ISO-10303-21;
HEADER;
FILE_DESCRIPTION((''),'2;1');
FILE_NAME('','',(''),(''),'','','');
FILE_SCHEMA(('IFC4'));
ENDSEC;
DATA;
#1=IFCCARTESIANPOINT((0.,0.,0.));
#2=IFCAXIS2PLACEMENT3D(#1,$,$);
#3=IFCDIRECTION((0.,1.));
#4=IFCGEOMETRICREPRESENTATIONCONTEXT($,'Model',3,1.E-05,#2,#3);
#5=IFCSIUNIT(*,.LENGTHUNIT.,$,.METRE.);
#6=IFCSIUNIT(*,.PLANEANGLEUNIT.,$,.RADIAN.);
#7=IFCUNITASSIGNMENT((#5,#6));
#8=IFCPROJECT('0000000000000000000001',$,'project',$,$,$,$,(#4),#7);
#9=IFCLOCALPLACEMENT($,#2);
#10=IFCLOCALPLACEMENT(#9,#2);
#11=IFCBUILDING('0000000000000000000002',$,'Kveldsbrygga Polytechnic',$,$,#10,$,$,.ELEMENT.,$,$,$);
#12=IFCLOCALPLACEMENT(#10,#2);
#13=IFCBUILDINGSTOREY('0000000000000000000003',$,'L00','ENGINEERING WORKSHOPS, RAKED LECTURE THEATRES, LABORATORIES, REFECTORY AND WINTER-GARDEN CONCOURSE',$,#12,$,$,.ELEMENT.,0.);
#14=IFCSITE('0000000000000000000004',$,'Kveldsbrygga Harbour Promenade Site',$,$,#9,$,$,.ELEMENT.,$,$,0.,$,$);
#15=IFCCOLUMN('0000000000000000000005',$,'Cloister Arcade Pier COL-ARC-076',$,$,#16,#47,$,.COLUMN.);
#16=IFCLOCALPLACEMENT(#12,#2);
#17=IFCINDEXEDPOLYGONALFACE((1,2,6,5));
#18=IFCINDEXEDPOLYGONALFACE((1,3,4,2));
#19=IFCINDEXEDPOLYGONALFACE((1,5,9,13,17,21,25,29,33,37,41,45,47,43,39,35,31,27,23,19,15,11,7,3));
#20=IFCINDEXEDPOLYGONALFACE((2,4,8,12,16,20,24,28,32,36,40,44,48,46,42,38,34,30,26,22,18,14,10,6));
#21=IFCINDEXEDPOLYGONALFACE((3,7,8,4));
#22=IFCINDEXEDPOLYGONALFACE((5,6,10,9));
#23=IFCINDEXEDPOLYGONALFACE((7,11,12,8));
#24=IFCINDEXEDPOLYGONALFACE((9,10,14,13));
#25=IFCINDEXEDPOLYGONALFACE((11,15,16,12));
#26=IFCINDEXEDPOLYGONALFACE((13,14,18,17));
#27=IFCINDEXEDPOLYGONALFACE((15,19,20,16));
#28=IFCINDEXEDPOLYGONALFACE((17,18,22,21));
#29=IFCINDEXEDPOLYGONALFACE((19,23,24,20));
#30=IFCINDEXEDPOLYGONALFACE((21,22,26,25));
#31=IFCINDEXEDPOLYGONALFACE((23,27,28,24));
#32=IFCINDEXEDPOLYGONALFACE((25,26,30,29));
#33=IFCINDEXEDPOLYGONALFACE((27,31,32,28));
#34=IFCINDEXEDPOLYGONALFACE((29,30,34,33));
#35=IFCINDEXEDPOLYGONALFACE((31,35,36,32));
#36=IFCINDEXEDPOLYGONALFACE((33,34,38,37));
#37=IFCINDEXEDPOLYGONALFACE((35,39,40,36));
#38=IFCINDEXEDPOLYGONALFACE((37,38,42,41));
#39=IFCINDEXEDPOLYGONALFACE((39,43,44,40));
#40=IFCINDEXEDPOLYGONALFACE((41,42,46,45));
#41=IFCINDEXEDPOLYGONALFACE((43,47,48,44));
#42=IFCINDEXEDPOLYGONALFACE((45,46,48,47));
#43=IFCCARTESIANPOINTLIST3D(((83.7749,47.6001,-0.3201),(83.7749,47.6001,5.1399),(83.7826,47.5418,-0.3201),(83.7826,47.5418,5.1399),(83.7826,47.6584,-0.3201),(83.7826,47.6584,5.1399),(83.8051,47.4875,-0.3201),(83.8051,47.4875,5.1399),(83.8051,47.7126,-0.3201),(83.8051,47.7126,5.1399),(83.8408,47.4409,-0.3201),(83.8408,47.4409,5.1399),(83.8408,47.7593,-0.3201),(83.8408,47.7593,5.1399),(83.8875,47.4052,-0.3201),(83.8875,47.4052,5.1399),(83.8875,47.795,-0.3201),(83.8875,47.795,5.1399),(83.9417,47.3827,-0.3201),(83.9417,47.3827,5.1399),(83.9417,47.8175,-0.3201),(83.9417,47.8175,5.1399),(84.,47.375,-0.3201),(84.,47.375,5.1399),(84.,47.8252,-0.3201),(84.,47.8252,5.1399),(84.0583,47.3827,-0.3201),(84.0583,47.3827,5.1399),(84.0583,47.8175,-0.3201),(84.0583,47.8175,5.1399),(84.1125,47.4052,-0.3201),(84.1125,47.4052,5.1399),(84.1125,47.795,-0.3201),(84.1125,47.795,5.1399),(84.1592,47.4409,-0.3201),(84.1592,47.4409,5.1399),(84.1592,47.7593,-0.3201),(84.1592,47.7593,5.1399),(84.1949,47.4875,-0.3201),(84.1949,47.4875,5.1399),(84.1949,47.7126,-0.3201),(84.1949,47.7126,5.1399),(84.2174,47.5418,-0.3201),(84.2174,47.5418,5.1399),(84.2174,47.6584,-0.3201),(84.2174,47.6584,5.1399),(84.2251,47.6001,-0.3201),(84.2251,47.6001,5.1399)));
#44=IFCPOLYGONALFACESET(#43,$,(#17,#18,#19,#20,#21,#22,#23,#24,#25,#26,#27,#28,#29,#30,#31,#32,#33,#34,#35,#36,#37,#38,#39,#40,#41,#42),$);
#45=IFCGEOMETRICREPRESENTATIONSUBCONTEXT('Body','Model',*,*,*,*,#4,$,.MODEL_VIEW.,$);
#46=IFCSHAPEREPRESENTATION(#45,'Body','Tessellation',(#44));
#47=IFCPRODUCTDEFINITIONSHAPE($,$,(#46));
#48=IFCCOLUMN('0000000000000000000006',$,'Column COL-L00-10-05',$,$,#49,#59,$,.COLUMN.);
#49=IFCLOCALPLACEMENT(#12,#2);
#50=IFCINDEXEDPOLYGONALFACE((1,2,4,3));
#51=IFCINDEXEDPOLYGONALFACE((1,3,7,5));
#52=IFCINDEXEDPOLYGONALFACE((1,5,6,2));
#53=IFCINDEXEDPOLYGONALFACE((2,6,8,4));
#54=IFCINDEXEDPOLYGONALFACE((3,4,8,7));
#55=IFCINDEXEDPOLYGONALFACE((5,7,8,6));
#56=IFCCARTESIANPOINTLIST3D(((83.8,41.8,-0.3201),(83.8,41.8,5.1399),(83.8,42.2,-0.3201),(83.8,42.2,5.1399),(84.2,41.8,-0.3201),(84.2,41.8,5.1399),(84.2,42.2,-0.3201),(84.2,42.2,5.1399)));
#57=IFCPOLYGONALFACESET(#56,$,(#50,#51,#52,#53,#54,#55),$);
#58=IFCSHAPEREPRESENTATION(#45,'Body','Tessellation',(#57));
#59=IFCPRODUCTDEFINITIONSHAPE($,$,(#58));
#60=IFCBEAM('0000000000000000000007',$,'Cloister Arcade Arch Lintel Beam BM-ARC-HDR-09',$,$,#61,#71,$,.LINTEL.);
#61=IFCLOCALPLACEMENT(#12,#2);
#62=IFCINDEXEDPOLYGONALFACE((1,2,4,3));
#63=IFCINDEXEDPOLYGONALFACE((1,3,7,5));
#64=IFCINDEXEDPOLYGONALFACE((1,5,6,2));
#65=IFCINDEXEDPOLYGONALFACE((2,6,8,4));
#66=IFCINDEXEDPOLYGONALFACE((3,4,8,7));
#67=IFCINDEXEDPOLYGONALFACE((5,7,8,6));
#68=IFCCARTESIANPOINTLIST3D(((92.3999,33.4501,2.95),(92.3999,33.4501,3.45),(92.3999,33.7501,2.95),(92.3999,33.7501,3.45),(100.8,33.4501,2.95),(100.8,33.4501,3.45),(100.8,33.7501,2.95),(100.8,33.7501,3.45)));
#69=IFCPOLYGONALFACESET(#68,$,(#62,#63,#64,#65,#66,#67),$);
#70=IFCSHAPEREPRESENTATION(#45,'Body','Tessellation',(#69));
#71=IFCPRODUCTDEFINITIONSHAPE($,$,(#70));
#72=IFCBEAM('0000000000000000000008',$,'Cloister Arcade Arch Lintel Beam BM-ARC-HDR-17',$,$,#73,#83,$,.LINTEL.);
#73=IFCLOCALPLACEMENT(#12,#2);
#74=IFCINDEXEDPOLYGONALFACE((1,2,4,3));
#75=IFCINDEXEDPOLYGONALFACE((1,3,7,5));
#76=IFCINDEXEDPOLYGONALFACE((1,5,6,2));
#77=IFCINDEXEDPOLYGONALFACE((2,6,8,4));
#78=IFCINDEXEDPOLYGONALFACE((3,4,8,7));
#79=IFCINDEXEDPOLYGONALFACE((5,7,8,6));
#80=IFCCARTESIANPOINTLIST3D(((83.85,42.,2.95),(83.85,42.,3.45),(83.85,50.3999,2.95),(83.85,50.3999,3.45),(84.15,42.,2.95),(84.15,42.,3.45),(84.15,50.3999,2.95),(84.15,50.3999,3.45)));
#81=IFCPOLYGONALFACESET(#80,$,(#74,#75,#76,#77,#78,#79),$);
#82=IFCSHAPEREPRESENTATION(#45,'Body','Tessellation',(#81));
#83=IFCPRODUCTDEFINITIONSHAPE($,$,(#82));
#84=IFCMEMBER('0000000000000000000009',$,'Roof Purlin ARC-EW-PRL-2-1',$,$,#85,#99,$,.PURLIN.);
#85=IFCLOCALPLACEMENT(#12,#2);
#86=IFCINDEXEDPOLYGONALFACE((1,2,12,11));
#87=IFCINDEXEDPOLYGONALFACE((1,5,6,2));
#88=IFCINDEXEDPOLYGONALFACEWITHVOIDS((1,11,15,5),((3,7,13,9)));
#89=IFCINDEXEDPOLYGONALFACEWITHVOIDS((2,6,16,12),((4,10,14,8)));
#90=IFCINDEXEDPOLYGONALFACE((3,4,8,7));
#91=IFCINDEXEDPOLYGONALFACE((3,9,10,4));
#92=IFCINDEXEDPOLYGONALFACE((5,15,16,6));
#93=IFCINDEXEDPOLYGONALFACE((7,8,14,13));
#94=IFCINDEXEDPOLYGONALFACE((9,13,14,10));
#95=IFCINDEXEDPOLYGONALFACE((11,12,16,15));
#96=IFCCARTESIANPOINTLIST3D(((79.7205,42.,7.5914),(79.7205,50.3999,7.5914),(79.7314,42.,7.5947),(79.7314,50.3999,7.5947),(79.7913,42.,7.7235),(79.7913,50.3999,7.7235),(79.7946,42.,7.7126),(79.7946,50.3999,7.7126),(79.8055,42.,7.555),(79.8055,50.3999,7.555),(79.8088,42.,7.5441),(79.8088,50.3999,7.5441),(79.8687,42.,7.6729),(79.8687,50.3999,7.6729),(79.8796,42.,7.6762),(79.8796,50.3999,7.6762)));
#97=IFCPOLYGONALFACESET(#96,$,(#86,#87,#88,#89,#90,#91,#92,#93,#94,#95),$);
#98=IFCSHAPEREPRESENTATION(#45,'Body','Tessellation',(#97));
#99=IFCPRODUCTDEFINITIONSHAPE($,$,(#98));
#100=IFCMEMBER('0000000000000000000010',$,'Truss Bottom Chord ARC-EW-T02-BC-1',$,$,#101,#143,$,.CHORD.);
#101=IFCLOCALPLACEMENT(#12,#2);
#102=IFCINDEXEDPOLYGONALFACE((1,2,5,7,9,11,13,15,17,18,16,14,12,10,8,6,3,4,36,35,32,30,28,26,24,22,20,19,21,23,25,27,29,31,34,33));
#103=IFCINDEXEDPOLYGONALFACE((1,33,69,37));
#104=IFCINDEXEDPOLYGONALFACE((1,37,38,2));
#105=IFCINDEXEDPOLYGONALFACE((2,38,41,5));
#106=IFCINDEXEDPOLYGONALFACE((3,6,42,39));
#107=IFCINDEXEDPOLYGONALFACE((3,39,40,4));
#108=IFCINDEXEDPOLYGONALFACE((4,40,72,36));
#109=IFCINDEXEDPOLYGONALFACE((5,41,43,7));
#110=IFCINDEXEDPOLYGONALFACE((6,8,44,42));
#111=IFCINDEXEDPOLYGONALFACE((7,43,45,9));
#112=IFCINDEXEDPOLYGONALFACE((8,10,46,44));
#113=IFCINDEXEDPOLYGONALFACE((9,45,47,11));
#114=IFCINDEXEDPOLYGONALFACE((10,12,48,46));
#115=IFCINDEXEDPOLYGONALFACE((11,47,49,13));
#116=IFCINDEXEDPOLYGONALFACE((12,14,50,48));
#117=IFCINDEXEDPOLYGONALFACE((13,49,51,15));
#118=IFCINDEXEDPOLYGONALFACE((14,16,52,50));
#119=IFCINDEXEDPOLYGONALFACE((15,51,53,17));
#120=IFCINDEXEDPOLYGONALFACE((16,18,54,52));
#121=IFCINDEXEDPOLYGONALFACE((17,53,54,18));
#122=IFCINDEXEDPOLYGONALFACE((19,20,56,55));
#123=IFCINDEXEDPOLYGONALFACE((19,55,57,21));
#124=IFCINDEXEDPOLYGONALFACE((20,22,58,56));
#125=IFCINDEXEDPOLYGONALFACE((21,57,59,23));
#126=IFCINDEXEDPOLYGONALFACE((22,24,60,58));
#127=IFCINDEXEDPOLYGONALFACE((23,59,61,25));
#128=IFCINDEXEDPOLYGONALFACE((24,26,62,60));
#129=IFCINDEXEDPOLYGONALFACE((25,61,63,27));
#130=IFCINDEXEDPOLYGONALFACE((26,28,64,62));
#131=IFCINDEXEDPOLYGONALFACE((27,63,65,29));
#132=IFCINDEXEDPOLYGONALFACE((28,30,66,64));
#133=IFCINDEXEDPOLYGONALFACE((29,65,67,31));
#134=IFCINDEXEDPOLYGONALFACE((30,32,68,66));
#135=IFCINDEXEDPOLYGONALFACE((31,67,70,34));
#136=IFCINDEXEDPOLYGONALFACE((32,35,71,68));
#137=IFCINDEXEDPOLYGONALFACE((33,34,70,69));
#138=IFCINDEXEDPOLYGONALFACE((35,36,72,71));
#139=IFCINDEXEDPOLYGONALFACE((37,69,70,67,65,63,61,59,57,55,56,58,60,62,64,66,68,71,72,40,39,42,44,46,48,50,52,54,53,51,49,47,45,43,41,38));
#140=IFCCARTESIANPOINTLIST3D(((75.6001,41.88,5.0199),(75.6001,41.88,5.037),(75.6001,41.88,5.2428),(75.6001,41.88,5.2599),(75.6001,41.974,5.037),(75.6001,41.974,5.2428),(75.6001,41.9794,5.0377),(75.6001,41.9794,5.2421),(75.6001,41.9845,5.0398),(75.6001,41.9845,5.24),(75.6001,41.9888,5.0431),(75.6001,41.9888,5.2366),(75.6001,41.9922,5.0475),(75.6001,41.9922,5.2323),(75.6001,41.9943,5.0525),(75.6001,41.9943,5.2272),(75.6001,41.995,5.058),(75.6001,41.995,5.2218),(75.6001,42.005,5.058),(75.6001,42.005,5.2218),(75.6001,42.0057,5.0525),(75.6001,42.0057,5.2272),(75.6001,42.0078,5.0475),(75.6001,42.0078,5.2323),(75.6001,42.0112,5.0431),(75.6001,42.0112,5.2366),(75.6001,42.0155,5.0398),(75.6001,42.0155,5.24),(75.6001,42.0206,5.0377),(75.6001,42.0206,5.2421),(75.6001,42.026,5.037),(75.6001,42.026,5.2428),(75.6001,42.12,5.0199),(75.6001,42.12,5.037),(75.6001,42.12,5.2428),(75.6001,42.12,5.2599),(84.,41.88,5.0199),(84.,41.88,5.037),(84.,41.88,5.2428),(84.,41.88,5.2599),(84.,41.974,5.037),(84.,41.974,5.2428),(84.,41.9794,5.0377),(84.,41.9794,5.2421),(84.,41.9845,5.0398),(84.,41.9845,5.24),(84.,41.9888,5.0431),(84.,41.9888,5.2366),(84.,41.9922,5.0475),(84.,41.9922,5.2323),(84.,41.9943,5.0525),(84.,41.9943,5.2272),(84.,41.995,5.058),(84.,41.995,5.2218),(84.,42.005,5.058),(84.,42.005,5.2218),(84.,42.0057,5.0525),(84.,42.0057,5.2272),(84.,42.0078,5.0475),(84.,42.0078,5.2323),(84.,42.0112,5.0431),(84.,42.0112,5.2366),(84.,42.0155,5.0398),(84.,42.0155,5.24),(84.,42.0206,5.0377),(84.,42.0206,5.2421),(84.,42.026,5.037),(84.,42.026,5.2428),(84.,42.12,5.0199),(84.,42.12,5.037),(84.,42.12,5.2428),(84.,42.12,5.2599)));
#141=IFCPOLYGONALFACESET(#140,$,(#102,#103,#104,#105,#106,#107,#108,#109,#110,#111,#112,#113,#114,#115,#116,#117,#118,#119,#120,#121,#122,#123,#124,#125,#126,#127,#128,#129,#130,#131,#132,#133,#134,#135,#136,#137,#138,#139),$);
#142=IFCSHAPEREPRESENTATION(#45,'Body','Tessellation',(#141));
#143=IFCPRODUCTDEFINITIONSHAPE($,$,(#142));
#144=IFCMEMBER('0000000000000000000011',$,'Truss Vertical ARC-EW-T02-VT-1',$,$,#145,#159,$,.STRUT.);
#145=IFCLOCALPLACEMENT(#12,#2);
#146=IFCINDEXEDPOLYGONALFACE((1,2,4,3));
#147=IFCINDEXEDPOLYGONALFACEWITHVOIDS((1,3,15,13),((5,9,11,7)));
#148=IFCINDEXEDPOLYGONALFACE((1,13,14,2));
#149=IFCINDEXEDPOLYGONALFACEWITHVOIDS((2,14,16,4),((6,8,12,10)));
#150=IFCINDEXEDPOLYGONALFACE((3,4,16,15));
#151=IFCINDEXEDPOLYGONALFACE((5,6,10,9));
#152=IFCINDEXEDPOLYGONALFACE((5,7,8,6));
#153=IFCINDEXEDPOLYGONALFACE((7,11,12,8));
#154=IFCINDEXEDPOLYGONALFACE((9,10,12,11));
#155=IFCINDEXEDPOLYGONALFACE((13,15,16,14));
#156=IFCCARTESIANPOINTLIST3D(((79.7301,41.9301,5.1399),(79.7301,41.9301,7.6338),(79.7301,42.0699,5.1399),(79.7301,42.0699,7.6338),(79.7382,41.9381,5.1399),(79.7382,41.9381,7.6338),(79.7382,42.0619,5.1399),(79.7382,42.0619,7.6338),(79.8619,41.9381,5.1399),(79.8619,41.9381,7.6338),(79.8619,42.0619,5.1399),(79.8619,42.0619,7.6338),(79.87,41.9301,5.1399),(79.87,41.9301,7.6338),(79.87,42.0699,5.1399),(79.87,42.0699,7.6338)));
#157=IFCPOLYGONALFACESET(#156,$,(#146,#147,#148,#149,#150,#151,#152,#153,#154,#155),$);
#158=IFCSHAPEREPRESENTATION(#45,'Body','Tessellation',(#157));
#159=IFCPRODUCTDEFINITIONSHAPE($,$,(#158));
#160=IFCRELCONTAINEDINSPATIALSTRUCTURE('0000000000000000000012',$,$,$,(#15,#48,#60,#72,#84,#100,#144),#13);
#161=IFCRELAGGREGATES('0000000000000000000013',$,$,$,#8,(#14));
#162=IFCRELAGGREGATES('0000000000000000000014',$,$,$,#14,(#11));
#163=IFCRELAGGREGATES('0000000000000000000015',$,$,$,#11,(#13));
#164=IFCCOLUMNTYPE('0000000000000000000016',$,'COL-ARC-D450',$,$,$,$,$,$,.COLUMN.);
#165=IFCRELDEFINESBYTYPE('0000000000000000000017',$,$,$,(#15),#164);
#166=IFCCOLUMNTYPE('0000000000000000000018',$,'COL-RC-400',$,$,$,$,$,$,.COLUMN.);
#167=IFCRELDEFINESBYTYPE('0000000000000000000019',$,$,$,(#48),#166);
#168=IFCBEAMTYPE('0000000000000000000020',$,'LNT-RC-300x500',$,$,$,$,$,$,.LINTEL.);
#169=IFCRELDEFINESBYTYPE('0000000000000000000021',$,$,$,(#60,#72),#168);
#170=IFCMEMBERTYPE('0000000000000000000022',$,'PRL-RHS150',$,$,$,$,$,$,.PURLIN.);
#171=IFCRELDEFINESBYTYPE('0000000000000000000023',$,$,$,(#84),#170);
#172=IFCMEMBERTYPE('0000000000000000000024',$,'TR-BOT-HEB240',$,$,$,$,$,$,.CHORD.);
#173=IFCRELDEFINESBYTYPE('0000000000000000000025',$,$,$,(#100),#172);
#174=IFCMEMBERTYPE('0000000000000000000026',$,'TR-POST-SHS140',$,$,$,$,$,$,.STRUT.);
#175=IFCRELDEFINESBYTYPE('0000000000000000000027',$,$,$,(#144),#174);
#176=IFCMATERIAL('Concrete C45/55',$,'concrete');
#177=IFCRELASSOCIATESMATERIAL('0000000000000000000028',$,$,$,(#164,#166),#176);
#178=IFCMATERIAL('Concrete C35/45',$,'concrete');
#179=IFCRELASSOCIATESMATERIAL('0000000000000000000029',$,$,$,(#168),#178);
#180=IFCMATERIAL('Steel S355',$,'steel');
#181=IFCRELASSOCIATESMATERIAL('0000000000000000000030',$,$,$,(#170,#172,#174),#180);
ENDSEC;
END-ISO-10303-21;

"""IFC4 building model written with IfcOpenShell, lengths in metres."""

from ifc_helpers import new_model, si_unit, direction, frame, origin, origin_2d, place, context, subcontext, project, spatial, rectangle, hollow_rectangle, circle, i_section, extrude, material, material_profile, profile_set, type_object, element, save


model = new_model("IFC4")

# Units and contexts
model_context = context("Model", 3, precision=1e-05, world=origin(), true_north=direction((0.0, 1.0)))
body_context = subcontext(model_context, "Body", "Model", "MODEL_VIEW")
ifc_project = project(units=[si_unit("LENGTHUNIT", "METRE"), si_unit("PLANEANGLEUNIT", "RADIAN")], contexts=[model_context])

# Site, building, storey
site_placement = place(None, origin())
site = spatial("IfcSite", under=ifc_project, at=site_placement, Name="Kveldsbrygga Harbour Promenade Site", CompositionType="ELEMENT", RefElevation=0.0)
building_placement = place(site_placement, origin())
building = spatial("IfcBuilding", under=site, at=building_placement, Name="Kveldsbrygga Polytechnic", CompositionType="ELEMENT")
storey_placement = place(building_placement, origin())
storey = spatial("IfcBuildingStorey", under=building, at=storey_placement, Name="L00", Description="ENGINEERING WORKSHOPS, RAKED LECTURE THEATRES, LABORATORIES, REFECTORY AND WINTER-GARDEN CONCOURSE", CompositionType="ELEMENT", Elevation=0.0)

# Shared definitions
ifc_material_1 = material(Name="Concrete C35/45", Category="concrete")

# Shared definitions
ifc_material_2 = material(Name="Concrete C45/55", Category="concrete")

# Columns
ifc_material_profile_1 = material_profile(ifc_material_2, circle(Radius=0.2251, at=origin_2d()), Name="RC D450")
ifc_profile_set_1 = profile_set([ifc_material_profile_1], Name="Concrete C45/55")
column_type_1 = type_object("IfcColumnType", Name="COL-ARC-D450", PredefinedType="COLUMN", material=ifc_profile_set_1)
for number, where, z_axis, x_axis, name in (
    (1, (84.0, 47.6001, -0.3201), (0.0, 0.0, 1.0), (1.0, 0.0, 0.0), "Cloister Arcade Pier COL-ARC-076"),
):
    element("IfcColumn", number, at=place(storey_placement, frame(where, z_axis=z_axis, x_axis=x_axis)), inside=storey, type_object=column_type_1, Name=name, PredefinedType="COLUMN", context=body_context, shape_type="SweptSolid", body=[
        extrude(circle(Radius=0.2251, at=origin_2d()), origin(), (0.0, 0.0, 1.0), 5.46),
    ])
ifc_material_profile_2 = material_profile(ifc_material_2, rectangle(XDim=0.3999, YDim=0.3999, at=origin_2d()), Name="RC 400x400")
ifc_profile_set_2 = profile_set([ifc_material_profile_2], Name="Concrete C45/55")
column_type_2 = type_object("IfcColumnType", Name="COL-RC-400", PredefinedType="COLUMN", material=ifc_profile_set_2)
column_placement = place(storey_placement, frame((84.0, 42.0, -0.3201), z_axis=(0.0, 0.0, 1.0), x_axis=(1.0, 0.0, 0.0)))
element("IfcColumn", 2, at=column_placement, inside=storey, type_object=column_type_2, Name="Column COL-L00-10-05", PredefinedType="COLUMN", context=body_context, shape_type="SweptSolid", body=[
    extrude(rectangle(XDim=0.3999, YDim=0.3999, at=origin_2d()), origin(), (0.0, 0.0, 1.0), 5.46),
])

# Beams
ifc_material_profile_3 = material_profile(ifc_material_1, rectangle(XDim=0.3, YDim=0.5, at=origin_2d()), Name="RC 300x500")
ifc_profile_set_3 = profile_set([ifc_material_profile_3], Name="Concrete C35/45")
beam_type = type_object("IfcBeamType", Name="LNT-RC-300x500", PredefinedType="LINTEL", material=ifc_profile_set_3)
beam_1_placement = place(storey_placement, frame((92.3999, 33.6001, 3.2), z_axis=(1.0, 0.0, 0.0), x_axis=(0.0, 1.0, 0.0)))
element("IfcBeam", 3, at=beam_1_placement, inside=storey, type_object=beam_type, Name="Cloister Arcade Arch Lintel Beam BM-ARC-HDR-09", PredefinedType="LINTEL", context=body_context, shape_type="SweptSolid", body=[
    extrude(rectangle(XDim=0.3, YDim=0.5, at=origin_2d()), origin(), (0.0, 0.0, 1.0), 8.4001),
])
beam_2_placement = place(storey_placement, frame((84.0, 42.0, 3.2), z_axis=(0.0, 1.0, 0.0), x_axis=(-1.0, 0.0, 0.0)))
element("IfcBeam", 4, at=beam_2_placement, inside=storey, type_object=beam_type, Name="Cloister Arcade Arch Lintel Beam BM-ARC-HDR-17", PredefinedType="LINTEL", context=body_context, shape_type="SweptSolid", body=[
    extrude(rectangle(XDim=0.3, YDim=0.5, at=origin_2d()), origin(), (0.0, 0.0, 1.0), 8.3999),
])

# Members
ifc_material_3 = material(Name="Steel S355", Category="steel")
ifc_material_profile_4 = material_profile(ifc_material_3, hollow_rectangle(XDim=0.1001, YDim=0.1499, WallThickness=0.0081, at=origin_2d()), Name="RHS 150x100x8.0")
ifc_profile_set_4 = profile_set([ifc_material_profile_4], Name="Steel S355")
member_type_1 = type_object("IfcMemberType", Name="PRL-RHS150", PredefinedType="PURLIN", material=ifc_profile_set_4)
member_1_placement = place(storey_placement, frame((79.8, 42.0, 7.6338), z_axis=(0.0, 1.0, 0.0), x_axis=(-0.88148, 0.0, 0.472222)))
element("IfcMember", 5, at=member_1_placement, inside=storey, type_object=member_type_1, Name="Roof Purlin ARC-EW-PRL-2-1", PredefinedType="PURLIN", context=body_context, shape_type="SweptSolid", body=[
    extrude(hollow_rectangle(XDim=0.1001, YDim=0.1499, WallThickness=0.0081, at=origin_2d()), origin(), (0.0, 0.0, 1.0), 8.3999),
])
ifc_material_profile_5 = material_profile(ifc_material_3, i_section(OverallWidth=0.24, OverallDepth=0.24, WebThickness=0.01, FlangeThickness=0.0171, FilletRadius=0.021, at=origin_2d()), Name="HEB 240")
ifc_profile_set_5 = profile_set([ifc_material_profile_5], Name="Steel S355")
member_type_2 = type_object("IfcMemberType", Name="TR-BOT-HEB240", PredefinedType="CHORD", material=ifc_profile_set_5)
member_2_placement = place(storey_placement, frame((75.6001, 42.0, 5.1399), z_axis=(1.0, 0.0, 0.0), x_axis=(0.0, 1.0, 0.0)))
element("IfcMember", 6, at=member_2_placement, inside=storey, type_object=member_type_2, Name="Truss Bottom Chord ARC-EW-T02-BC-1", PredefinedType="CHORD", context=body_context, shape_type="SweptSolid", body=[
    extrude(i_section(OverallWidth=0.24, OverallDepth=0.24, WebThickness=0.01, FlangeThickness=0.0171, FilletRadius=0.021, at=origin_2d()), origin(), (0.0, 0.0, 1.0), 8.3999),
])
ifc_material_profile_6 = material_profile(ifc_material_3, hollow_rectangle(XDim=0.1399, YDim=0.1399, WallThickness=0.0081, at=origin_2d()), Name="SHS 140x140x8.0")
ifc_profile_set_6 = profile_set([ifc_material_profile_6], Name="Steel S355")
member_type_3 = type_object("IfcMemberType", Name="TR-POST-SHS140", PredefinedType="STRUT", material=ifc_profile_set_6)
member_3_placement = place(storey_placement, frame((79.8, 42.0, 5.1399), z_axis=(0.0, 0.0, 1.0), x_axis=(1.0, 0.0, 0.0)))
element("IfcMember", 7, at=member_3_placement, inside=storey, type_object=member_type_3, Name="Truss Vertical ARC-EW-T02-VT-1", PredefinedType="STRUT", context=body_context, shape_type="SweptSolid", body=[
    extrude(hollow_rectangle(XDim=0.1399, YDim=0.1399, WallThickness=0.0081, at=origin_2d()), origin(), (0.0, 0.0, 1.0), 2.4939),
])

save(model, "model.ifc")
